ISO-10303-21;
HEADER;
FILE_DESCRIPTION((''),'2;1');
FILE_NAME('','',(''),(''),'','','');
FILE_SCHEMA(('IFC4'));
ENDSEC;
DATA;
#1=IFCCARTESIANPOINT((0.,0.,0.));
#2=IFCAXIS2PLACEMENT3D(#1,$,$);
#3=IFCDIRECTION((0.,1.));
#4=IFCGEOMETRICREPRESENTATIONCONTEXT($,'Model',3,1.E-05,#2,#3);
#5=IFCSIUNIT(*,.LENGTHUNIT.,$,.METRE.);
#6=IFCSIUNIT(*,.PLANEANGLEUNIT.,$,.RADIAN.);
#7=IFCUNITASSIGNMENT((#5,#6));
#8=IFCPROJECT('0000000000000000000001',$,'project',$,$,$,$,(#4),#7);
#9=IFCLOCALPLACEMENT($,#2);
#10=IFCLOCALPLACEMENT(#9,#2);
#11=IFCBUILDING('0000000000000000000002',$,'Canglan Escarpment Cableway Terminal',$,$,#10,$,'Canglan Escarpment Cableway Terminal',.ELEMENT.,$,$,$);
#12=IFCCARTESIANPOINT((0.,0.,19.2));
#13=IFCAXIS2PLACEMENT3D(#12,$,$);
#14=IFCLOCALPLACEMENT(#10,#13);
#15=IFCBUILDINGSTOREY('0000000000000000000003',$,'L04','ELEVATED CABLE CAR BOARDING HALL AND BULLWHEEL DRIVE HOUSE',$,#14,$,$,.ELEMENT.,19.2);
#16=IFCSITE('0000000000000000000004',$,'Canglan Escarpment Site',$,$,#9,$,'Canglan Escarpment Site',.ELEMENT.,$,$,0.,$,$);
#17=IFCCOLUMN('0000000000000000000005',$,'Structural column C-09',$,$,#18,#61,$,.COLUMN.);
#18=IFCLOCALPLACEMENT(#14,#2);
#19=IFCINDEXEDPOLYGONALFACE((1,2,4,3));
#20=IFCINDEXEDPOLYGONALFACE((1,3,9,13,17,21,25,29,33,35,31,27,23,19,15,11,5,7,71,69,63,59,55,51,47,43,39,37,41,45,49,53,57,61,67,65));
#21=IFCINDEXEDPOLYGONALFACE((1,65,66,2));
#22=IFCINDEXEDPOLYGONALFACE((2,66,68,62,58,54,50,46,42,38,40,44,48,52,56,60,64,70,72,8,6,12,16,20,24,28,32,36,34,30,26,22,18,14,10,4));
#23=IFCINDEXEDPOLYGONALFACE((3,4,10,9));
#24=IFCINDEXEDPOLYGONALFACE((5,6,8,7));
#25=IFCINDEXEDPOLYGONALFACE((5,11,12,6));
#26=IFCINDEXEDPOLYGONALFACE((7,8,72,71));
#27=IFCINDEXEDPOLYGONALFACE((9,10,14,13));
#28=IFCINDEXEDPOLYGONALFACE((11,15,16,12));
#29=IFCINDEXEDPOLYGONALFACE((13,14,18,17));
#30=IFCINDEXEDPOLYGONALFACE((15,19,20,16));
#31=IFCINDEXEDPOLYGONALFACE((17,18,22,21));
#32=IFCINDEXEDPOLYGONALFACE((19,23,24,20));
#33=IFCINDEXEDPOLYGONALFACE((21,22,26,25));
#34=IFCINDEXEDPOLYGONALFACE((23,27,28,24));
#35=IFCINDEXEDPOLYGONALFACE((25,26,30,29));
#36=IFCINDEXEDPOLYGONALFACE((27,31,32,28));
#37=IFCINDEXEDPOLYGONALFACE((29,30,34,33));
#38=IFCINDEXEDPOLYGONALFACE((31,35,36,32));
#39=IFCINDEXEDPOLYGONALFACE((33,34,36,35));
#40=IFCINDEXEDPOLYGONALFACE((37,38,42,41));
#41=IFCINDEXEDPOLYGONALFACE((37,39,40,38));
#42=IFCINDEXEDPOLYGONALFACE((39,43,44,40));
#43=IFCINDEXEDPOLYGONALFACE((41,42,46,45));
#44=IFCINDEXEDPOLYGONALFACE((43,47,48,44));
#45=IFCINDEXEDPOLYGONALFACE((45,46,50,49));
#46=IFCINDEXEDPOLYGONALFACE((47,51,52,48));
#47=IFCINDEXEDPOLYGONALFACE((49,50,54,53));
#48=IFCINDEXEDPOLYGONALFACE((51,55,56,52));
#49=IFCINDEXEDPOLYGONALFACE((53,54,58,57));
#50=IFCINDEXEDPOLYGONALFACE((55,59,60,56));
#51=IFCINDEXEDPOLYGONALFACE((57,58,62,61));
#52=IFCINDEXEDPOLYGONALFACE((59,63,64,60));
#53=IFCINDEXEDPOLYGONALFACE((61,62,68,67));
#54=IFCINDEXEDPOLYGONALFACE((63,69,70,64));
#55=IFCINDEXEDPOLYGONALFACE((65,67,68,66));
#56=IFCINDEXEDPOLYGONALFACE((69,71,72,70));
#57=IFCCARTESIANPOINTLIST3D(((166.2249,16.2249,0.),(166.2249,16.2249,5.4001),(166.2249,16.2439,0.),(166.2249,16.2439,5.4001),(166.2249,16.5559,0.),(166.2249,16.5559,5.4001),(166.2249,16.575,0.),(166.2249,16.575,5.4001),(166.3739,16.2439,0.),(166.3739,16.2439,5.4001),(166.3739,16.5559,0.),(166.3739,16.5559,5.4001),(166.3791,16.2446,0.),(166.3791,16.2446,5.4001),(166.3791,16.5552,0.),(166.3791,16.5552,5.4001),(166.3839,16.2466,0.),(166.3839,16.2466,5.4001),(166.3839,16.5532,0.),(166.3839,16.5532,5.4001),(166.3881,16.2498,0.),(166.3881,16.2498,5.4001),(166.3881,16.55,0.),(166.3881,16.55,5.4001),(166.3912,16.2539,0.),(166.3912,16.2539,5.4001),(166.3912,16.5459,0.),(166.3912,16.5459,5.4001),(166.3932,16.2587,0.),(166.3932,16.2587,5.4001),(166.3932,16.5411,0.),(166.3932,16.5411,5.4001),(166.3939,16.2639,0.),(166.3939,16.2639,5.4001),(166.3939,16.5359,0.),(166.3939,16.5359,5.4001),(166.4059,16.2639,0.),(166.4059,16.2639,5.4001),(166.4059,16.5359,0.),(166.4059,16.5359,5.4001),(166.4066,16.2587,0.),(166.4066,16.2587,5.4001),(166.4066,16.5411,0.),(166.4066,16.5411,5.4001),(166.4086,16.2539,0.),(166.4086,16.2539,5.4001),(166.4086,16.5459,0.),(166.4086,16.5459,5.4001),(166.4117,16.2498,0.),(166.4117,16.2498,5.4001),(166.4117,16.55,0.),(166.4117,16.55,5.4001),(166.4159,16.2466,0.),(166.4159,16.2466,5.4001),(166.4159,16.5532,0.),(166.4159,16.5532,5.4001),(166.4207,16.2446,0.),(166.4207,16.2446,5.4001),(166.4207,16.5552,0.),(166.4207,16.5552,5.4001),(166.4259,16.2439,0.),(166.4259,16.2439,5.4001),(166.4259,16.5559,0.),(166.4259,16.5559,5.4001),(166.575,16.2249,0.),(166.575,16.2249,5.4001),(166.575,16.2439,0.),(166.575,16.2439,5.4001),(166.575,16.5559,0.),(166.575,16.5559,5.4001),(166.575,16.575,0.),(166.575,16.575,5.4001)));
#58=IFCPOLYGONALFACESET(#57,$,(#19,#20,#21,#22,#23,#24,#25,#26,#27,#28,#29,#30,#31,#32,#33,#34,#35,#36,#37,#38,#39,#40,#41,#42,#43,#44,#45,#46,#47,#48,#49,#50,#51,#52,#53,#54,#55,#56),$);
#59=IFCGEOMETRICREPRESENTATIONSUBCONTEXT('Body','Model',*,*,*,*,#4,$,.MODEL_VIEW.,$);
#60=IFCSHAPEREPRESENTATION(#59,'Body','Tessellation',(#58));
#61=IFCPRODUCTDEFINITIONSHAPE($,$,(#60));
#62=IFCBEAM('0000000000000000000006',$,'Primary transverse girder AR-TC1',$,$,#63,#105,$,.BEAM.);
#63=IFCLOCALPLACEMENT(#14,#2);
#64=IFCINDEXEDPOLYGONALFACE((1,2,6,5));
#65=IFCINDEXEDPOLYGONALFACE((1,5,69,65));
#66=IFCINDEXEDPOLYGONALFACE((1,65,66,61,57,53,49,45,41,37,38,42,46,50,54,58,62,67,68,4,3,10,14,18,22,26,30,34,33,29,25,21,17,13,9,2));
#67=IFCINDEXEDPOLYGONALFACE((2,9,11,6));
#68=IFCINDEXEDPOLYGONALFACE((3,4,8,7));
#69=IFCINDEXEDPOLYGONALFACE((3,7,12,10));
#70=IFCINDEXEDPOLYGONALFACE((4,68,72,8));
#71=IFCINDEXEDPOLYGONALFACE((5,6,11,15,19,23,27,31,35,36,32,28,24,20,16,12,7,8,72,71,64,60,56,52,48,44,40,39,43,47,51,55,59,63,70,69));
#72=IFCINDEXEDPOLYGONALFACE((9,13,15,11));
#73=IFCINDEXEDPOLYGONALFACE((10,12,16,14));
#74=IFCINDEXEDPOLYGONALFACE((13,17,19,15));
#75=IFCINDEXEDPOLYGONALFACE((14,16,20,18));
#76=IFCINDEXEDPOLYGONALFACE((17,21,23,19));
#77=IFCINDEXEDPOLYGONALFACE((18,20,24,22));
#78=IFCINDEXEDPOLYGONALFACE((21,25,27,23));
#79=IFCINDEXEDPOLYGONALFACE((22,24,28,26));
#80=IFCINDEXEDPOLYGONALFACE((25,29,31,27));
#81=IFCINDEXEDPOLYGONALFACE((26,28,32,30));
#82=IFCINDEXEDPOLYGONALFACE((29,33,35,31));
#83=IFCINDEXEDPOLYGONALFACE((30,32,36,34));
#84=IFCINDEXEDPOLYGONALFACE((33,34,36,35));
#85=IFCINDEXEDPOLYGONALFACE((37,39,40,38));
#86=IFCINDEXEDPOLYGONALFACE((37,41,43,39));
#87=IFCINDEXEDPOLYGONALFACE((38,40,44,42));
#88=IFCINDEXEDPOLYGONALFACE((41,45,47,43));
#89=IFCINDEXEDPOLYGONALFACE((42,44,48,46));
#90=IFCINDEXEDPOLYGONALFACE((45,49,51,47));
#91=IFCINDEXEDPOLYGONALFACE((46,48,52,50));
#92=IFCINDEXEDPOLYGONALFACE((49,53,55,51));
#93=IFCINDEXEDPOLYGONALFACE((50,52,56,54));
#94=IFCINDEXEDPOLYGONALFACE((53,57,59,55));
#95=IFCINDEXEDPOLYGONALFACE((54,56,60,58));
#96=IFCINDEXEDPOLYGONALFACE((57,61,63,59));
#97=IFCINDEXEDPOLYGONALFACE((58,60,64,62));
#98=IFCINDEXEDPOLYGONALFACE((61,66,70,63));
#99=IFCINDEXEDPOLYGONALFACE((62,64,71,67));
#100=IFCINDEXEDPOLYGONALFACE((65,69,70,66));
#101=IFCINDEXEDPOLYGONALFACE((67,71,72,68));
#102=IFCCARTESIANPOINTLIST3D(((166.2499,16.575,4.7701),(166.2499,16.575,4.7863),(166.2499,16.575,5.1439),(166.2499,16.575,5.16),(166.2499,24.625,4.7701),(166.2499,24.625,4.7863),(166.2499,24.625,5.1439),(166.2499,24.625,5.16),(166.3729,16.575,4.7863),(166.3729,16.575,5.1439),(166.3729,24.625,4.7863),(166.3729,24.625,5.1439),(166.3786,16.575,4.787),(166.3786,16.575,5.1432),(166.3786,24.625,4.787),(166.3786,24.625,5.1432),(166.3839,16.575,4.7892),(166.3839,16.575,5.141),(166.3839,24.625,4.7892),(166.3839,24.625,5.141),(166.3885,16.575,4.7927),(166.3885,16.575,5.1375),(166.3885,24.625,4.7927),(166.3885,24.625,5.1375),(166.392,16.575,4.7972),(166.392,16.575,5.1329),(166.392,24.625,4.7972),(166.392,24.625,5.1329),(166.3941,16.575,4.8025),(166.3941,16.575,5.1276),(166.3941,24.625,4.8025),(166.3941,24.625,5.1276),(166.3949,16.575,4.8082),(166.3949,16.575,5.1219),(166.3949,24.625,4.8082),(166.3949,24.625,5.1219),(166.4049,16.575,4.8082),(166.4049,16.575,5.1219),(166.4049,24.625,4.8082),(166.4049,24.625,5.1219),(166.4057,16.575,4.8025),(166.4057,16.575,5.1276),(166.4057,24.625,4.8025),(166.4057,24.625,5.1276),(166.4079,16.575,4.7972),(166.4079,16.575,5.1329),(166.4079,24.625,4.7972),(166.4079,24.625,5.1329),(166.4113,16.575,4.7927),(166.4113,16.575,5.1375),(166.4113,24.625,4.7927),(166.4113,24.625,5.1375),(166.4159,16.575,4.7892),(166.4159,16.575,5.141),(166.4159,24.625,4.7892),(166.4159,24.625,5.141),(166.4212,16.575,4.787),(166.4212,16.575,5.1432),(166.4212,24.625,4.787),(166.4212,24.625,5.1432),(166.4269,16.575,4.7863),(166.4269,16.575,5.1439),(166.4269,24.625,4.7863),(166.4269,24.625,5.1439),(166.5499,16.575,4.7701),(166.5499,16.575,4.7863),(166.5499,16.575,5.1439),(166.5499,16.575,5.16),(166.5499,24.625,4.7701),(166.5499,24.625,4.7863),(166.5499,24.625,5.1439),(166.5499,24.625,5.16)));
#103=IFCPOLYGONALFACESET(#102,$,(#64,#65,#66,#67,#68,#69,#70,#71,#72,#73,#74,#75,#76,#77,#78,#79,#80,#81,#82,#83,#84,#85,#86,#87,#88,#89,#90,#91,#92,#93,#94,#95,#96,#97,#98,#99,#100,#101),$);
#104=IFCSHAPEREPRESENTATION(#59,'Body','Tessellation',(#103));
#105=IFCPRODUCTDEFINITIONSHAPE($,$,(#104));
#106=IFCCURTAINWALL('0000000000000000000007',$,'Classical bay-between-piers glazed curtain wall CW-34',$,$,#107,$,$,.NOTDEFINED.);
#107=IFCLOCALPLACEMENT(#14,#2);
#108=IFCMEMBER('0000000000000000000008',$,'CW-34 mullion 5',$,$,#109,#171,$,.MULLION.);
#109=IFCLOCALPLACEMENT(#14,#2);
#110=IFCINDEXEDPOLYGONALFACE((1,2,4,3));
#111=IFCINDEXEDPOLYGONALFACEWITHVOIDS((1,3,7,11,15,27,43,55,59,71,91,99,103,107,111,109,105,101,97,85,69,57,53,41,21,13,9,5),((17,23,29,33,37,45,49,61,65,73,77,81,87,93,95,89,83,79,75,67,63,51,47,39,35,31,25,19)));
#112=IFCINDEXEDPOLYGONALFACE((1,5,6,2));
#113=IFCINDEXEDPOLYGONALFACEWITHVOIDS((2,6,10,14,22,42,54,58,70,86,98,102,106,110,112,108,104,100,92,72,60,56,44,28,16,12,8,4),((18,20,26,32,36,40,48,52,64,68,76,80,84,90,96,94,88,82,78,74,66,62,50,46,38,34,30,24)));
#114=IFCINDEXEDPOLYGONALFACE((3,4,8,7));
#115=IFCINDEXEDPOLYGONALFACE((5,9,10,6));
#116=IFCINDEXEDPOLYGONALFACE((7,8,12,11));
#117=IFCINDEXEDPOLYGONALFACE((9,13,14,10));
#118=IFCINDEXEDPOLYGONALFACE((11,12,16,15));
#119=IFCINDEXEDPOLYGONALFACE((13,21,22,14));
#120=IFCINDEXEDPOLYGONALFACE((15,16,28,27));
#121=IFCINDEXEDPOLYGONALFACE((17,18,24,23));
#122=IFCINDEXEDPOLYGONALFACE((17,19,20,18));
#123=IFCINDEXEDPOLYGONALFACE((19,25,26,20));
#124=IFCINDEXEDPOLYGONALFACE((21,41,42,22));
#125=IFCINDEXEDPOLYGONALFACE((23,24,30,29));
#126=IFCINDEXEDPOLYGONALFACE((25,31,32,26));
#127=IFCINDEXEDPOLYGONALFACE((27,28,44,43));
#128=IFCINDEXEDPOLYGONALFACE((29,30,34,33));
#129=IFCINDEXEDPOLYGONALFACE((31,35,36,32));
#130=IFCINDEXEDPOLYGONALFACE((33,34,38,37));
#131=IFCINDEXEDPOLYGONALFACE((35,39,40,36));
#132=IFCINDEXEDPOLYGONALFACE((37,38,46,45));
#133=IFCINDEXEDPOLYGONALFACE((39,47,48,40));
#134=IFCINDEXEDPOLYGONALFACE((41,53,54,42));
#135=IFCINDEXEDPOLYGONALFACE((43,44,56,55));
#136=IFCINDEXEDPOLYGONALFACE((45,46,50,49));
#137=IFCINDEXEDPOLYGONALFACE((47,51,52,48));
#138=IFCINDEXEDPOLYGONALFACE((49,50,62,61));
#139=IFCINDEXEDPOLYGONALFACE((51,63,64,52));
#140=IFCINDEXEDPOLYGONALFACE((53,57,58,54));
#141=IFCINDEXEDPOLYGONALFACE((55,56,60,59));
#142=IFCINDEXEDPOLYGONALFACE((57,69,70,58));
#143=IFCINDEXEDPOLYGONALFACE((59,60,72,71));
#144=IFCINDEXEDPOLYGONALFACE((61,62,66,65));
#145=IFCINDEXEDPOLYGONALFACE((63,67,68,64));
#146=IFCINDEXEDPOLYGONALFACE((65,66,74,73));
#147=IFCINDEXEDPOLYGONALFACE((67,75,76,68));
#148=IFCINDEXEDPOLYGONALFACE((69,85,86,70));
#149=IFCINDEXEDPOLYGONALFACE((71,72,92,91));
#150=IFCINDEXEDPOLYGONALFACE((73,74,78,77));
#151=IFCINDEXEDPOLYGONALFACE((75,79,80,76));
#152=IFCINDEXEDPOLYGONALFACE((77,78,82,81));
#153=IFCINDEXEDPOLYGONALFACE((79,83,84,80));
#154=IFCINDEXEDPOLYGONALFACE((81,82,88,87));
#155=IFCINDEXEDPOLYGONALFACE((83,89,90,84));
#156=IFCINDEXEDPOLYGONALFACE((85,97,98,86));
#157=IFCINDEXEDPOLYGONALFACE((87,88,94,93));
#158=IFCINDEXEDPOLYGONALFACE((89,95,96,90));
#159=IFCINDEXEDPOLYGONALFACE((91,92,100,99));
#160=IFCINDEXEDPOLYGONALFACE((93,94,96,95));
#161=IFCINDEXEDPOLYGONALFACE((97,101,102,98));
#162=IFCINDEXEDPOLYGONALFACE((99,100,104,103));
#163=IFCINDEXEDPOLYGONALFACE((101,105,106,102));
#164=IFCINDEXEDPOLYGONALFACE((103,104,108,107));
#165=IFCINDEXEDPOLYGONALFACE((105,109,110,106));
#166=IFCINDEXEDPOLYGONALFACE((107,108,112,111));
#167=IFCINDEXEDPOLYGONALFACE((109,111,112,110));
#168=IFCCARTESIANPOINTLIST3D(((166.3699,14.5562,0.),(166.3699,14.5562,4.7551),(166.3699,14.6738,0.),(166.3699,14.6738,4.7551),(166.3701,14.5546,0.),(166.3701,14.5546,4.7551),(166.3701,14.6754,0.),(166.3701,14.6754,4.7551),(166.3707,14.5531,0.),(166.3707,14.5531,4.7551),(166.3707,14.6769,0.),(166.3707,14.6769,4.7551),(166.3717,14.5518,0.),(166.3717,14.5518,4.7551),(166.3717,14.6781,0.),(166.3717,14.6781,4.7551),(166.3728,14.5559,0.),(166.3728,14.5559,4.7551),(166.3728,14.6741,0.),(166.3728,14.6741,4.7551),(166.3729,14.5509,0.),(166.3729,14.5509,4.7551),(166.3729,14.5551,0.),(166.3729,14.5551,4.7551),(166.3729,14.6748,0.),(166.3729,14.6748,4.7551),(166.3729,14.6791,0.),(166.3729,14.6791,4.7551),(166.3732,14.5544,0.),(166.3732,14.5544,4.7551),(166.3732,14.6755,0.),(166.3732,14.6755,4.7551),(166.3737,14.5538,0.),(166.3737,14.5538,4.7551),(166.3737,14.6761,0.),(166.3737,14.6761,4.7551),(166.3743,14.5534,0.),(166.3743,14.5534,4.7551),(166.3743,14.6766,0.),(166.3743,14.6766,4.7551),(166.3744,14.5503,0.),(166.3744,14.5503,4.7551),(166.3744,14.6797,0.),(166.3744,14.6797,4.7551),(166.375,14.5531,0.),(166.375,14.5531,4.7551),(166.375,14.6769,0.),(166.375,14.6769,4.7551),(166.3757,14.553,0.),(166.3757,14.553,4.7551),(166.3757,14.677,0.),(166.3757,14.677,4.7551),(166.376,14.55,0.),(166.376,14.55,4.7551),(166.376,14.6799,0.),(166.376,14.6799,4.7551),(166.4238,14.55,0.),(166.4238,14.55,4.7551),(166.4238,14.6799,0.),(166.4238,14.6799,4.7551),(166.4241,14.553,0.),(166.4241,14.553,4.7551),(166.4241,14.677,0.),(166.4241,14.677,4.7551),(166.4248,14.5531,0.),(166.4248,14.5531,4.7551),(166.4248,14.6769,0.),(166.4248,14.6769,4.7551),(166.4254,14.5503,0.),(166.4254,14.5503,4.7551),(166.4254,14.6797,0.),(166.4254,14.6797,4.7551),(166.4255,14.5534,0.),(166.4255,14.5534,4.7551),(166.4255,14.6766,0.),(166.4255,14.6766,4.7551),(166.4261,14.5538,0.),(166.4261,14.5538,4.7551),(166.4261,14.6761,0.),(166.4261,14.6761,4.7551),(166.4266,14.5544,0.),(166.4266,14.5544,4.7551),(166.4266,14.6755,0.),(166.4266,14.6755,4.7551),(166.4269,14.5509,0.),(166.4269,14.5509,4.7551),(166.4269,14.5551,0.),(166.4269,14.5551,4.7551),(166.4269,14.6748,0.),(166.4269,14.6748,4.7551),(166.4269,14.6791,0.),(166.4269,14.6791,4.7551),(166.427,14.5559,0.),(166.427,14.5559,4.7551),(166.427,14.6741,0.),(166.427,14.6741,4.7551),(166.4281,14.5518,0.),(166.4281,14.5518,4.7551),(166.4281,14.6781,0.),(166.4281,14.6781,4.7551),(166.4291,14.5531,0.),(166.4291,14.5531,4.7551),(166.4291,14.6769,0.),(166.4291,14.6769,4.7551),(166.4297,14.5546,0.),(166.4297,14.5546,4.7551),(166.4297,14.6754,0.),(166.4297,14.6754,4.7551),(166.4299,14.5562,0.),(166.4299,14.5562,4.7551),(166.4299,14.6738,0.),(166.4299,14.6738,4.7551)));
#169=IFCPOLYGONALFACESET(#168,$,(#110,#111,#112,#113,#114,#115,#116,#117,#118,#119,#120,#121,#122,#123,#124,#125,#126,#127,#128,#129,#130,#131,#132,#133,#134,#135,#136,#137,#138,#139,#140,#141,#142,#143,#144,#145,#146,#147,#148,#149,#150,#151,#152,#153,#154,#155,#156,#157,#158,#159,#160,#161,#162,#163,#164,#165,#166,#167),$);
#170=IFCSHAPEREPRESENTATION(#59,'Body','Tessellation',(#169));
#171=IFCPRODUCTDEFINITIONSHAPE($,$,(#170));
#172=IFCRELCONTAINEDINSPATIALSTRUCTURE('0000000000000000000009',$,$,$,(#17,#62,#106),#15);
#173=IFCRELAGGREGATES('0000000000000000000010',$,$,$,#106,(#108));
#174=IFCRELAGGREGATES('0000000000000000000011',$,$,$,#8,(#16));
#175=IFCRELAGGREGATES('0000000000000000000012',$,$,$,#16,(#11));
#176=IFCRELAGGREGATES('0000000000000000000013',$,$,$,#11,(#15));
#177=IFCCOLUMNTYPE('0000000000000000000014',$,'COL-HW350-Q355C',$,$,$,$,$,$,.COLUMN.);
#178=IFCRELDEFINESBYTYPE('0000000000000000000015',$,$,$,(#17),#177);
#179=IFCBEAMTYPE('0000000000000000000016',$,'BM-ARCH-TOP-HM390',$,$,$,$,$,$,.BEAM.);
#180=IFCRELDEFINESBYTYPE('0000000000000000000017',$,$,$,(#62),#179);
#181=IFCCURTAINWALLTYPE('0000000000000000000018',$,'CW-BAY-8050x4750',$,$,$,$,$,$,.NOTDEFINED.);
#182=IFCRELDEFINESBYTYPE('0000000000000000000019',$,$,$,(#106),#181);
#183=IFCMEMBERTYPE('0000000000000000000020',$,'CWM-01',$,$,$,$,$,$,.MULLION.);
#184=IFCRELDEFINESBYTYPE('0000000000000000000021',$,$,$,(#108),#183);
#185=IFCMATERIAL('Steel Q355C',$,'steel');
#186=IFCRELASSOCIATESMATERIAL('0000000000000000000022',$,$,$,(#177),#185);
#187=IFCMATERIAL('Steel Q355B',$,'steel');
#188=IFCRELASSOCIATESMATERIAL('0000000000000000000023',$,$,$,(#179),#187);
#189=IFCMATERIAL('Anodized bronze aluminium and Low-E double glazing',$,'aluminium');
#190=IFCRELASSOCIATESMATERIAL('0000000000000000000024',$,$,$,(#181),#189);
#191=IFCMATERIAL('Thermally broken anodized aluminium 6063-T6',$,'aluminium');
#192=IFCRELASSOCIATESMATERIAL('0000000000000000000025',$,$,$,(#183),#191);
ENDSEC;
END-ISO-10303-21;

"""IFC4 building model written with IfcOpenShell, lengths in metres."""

from ifc_helpers import new_model, si_unit, direction, frame, origin, origin_2d, place, context, subcontext, project, spatial, hollow_rectangle, i_section, extrude, material, material_profile, profile_set, type_object, element, aggregate, save


model = new_model("IFC4")

# Units and contexts
model_context = context("Model", 3, precision=1e-05, world=origin(), true_north=direction((0.0, 1.0)))
body_context = subcontext(model_context, "Body", "Model", "MODEL_VIEW")
ifc_project = project(units=[si_unit("LENGTHUNIT", "METRE"), si_unit("PLANEANGLEUNIT", "RADIAN")], contexts=[model_context])

# Site, building, storey
site_placement = place(None, origin())
site = spatial("IfcSite", under=ifc_project, at=site_placement, Name="Canglan Escarpment Site", LongName="Canglan Escarpment Site", CompositionType="ELEMENT", RefElevation=0.0)
building_placement = place(site_placement, origin())
building = spatial("IfcBuilding", under=site, at=building_placement, Name="Canglan Escarpment Cableway Terminal", LongName="Canglan Escarpment Cableway Terminal", CompositionType="ELEMENT")
storey_placement = place(building_placement, frame((0.0, 0.0, 19.2)))
storey = spatial("IfcBuildingStorey", under=building, at=storey_placement, Name="L04", Description="ELEVATED CABLE CAR BOARDING HALL AND BULLWHEEL DRIVE HOUSE", CompositionType="ELEMENT", Elevation=19.2)

# Column
ifc_material_1 = material(Name="Steel Q355C", Category="steel")
ifc_material_profile_1 = material_profile(ifc_material_1, i_section(OverallWidth=0.3501, OverallDepth=0.3501, WebThickness=0.012, FlangeThickness=0.019, FilletRadius=0.02, at=origin_2d()), Name="HW 350x350x12x19")
ifc_profile_set_1 = profile_set([ifc_material_profile_1], Name="Steel Q355C")
column_type = type_object("IfcColumnType", Name="COL-HW350-Q355C", PredefinedType="COLUMN", material=ifc_profile_set_1)
column_placement = place(storey_placement, frame((166.3999, 16.3999, 0.0), z_axis=(0.0, 0.0, 1.0), x_axis=(1.0, 0.0, 0.0)))
element("IfcColumn", 1, at=column_placement, inside=storey, type_object=column_type, Name="Structural column C-09", PredefinedType="COLUMN", context=body_context, shape_type="SweptSolid", body=[
    extrude(i_section(OverallWidth=0.3501, OverallDepth=0.3501, WebThickness=0.012, FlangeThickness=0.019, FilletRadius=0.02, at=origin_2d()), origin(), (0.0, 0.0, 1.0), 5.4001),
])

# Beam
ifc_material_2 = material(Name="Steel Q355B", Category="steel")
ifc_material_profile_2 = material_profile(ifc_material_2, i_section(OverallWidth=0.3, OverallDepth=0.3899, WebThickness=0.01, FlangeThickness=0.0161, FilletRadius=0.022, at=origin_2d()), Name="HM 390x300x10x16")
ifc_profile_set_2 = profile_set([ifc_material_profile_2], Name="Steel Q355B")
beam_type = type_object("IfcBeamType", Name="BM-ARCH-TOP-HM390", PredefinedType="BEAM", material=ifc_profile_set_2)
beam_placement = place(storey_placement, frame((166.3999, 16.575, 4.9651), z_axis=(0.0, 1.0, 0.0), x_axis=(-1.0, 0.0, 0.0)))
element("IfcBeam", 2, at=beam_placement, inside=storey, type_object=beam_type, Name="Primary transverse girder AR-TC1", PredefinedType="BEAM", context=body_context, shape_type="SweptSolid", body=[
    extrude(i_section(OverallWidth=0.3, OverallDepth=0.3899, WebThickness=0.01, FlangeThickness=0.0161, FilletRadius=0.022, at=origin_2d()), origin(), (0.0, 0.0, 1.0), 8.05),
])

# Curtain wall, member
ifc_material_3 = material(Name="Anodized bronze aluminium and Low-E double glazing", Category="aluminium")
curtain_wall_type = type_object("IfcCurtainWallType", Name="CW-BAY-8050x4750", PredefinedType="NOTDEFINED", material=ifc_material_3)
curtain_wall_1_placement = place(storey_placement, origin())
curtain_wall_1 = element("IfcCurtainWall", 3, at=curtain_wall_1_placement, inside=storey, type_object=curtain_wall_type, Name="Classical bay-between-piers glazed curtain wall CW-34", PredefinedType="NOTDEFINED")
ifc_material_4 = material(Name="Thermally broken anodized aluminium 6063-T6", Category="aluminium")
ifc_material_profile_3 = material_profile(ifc_material_4, hollow_rectangle(XDim=0.0601, YDim=0.1299, WallThickness=0.0029, InnerFilletRadius=0.0029, OuterFilletRadius=0.0061, at=origin_2d()), Name="ALU-MULL 60x130x3")
ifc_profile_set_3 = profile_set([ifc_material_profile_3], Name="Thermally broken anodized aluminium 6063-T6")
member_type_1 = type_object("IfcMemberType", Name="CWM-01", PredefinedType="MULLION", material=ifc_profile_set_3)
member_1_placement = place(storey_placement, frame((166.3999, 14.615, 0.0), z_axis=(0.0, 0.0, 1.0), x_axis=(-1.0, 0.0, 0.0)))
member_1 = element("IfcMember", 4, at=member_1_placement, type_object=member_type_1, Name="CW-34 mullion 5", PredefinedType="MULLION", context=body_context, shape_type="SweptSolid", body=[
    extrude(hollow_rectangle(XDim=0.0601, YDim=0.1299, WallThickness=0.0029, InnerFilletRadius=0.0029, OuterFilletRadius=0.0061, at=origin_2d()), origin(), (0.0, 0.0, 1.0), 4.7551),
])

aggregate(curtain_wall_1, [member_1])

save(model, "model.ifc")
